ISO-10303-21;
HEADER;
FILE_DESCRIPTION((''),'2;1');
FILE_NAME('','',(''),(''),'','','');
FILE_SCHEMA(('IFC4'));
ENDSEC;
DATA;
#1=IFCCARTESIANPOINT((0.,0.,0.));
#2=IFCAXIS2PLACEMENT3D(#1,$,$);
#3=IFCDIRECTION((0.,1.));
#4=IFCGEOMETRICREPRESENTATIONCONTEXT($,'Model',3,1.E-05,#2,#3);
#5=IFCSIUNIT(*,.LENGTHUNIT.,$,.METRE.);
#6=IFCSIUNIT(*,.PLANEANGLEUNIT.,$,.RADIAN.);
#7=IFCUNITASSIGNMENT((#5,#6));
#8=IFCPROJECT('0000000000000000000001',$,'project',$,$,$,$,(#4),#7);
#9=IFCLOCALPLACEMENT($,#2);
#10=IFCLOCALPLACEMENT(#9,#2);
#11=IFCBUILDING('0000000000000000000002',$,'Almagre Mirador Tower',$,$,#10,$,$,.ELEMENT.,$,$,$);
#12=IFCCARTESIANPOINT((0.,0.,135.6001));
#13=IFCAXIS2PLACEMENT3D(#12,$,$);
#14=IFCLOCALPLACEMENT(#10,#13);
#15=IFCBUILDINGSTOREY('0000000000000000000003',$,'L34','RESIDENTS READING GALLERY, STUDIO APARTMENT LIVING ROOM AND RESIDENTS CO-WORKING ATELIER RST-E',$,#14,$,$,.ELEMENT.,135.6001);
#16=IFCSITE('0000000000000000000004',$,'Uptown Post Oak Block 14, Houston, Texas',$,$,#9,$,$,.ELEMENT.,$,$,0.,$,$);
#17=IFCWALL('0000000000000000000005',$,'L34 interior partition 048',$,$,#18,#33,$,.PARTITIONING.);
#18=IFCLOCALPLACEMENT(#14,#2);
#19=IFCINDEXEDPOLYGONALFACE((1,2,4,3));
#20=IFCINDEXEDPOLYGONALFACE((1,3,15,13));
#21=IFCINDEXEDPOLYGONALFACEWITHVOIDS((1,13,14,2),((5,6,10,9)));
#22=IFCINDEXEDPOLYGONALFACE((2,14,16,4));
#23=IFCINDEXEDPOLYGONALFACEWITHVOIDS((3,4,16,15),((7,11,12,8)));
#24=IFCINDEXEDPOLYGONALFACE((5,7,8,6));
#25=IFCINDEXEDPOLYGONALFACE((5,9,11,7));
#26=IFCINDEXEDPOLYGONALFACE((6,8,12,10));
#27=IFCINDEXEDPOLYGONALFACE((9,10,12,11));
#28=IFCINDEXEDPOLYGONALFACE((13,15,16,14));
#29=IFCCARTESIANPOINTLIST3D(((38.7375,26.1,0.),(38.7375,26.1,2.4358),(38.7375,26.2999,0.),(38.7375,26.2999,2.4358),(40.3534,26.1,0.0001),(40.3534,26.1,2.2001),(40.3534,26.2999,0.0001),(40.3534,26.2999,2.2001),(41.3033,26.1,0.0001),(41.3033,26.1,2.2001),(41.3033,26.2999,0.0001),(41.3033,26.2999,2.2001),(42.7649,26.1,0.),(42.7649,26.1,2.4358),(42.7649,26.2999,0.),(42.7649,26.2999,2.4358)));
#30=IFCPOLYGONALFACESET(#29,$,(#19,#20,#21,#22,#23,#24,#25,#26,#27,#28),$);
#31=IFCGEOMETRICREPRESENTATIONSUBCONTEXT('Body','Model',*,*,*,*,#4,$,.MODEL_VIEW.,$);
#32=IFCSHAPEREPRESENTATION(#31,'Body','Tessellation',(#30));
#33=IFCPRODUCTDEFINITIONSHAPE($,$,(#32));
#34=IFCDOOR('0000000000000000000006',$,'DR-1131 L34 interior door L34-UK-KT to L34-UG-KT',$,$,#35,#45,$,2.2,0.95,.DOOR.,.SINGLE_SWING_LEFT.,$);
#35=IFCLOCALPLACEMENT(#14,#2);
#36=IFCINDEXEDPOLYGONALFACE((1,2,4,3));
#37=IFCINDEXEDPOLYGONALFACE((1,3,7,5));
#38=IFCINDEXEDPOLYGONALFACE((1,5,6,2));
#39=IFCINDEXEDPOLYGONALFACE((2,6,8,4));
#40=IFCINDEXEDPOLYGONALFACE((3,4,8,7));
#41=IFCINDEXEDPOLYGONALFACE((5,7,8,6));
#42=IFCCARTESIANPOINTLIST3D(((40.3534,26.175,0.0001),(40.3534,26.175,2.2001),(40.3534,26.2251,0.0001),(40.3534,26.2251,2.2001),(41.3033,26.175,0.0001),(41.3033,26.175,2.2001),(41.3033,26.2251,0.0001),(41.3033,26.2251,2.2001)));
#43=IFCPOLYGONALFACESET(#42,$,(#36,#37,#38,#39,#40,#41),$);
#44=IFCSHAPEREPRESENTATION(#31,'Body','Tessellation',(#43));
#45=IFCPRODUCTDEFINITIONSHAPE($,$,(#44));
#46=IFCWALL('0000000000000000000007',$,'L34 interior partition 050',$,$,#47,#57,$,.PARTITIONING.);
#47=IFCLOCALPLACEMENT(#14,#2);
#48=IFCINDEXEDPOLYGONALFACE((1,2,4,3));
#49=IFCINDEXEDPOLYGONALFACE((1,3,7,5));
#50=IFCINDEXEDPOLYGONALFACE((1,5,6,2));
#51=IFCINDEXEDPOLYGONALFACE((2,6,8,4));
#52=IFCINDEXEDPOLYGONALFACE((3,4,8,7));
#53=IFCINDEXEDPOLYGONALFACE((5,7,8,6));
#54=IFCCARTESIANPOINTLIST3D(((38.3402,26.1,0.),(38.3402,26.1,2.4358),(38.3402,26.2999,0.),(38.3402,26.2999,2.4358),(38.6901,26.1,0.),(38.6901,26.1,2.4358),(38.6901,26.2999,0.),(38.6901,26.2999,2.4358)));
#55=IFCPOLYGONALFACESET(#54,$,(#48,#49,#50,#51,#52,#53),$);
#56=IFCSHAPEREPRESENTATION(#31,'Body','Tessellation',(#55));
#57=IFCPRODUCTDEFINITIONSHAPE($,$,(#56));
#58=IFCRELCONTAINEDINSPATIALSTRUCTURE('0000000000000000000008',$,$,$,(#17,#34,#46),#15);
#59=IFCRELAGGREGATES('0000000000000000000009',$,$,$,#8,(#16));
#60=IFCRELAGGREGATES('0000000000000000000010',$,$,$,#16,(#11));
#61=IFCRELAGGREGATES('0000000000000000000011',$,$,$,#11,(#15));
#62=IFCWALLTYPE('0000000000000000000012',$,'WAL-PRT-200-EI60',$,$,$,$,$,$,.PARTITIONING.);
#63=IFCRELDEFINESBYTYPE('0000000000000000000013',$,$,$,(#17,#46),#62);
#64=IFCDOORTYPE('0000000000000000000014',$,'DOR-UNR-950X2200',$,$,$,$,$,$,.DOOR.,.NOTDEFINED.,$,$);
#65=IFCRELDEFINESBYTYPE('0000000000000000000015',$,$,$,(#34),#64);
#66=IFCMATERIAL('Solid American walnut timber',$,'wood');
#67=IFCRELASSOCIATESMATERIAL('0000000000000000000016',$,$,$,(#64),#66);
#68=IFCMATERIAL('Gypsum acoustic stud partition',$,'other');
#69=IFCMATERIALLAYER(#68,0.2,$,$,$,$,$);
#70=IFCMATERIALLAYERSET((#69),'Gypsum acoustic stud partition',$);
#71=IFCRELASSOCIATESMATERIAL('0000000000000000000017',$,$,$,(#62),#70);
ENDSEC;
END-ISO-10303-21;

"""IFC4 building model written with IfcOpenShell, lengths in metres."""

from ifc_helpers import new_model, si_unit, direction, frame, frame_2d, origin, place, context, subcontext, project, spatial, rectangle, extrude, material, layer, layer_set, type_object, element, fill, save


model = new_model("IFC4")

# Units and contexts
model_context = context("Model", 3, precision=1e-05, world=origin(), true_north=direction((0.0, 1.0)))
body_context = subcontext(model_context, "Body", "Model", "MODEL_VIEW")
ifc_project = project(units=[si_unit("LENGTHUNIT", "METRE"), si_unit("PLANEANGLEUNIT", "RADIAN")], contexts=[model_context])

# Site, building, storey
site_placement = place(None, origin())
site = spatial("IfcSite", under=ifc_project, at=site_placement, Name="Uptown Post Oak Block 14, Houston, Texas", CompositionType="ELEMENT", RefElevation=0.0)
building_placement = place(site_placement, origin())
building = spatial("IfcBuilding", under=site, at=building_placement, Name="Almagre Mirador Tower", CompositionType="ELEMENT")
storey_placement = place(building_placement, frame((0.0, 0.0, 135.6001)))
storey = spatial("IfcBuildingStorey", under=building, at=storey_placement, Name="L34", Description="RESIDENTS READING GALLERY, STUDIO APARTMENT LIVING ROOM AND RESIDENTS CO-WORKING ATELIER RST-E", CompositionType="ELEMENT", Elevation=135.6001)

# Shared definitions
ifc_material_1 = material(Name="Solid American walnut timber", Category="wood")
door_type_1 = type_object("IfcDoorType", Name="DOR-UNR-950X2200", OperationType="NOTDEFINED", PredefinedType="DOOR", material=ifc_material_1)

# Wall, opening, door
ifc_material_2 = material(Name="Gypsum acoustic stud partition", Category="other")
ifc_layer_1 = layer(ifc_material_2, 0.2)
ifc_layer_set_1 = layer_set([ifc_layer_1], Name="Gypsum acoustic stud partition")
wall_type_1 = type_object("IfcWallType", Name="WAL-PRT-200-EI60", PredefinedType="PARTITIONING", material=ifc_layer_set_1)
wall_1_placement = place(storey_placement, frame((42.7649, 26.2, 0.0), z_axis=(0.0, 0.0, 1.0), x_axis=(-1.0, 0.0, 0.0)))
wall_1 = element("IfcWall", 1, at=wall_1_placement, inside=storey, type_object=wall_type_1, Name="L34 interior partition 048", PredefinedType="PARTITIONING", context=body_context, shape_type="SweptSolid", body=[
    extrude(rectangle(XDim=4.0273, YDim=0.2, at=frame_2d((2.0137, 0.0))), origin(), (0.0, 0.0, 1.0), 2.4358),
])
opening_1_placement = place(wall_1_placement, frame((1.4614, 0.0, 0.0)))
opening_1 = element("IfcOpeningElement", 2, at=opening_1_placement, cuts=wall_1, PredefinedType="OPENING", context=body_context, shape_type="SweptSolid", body=[
    extrude(rectangle(XDim=0.95, YDim=2.2, at=frame_2d((0.4751, 1.1001))), frame((0.0, 0.1101, 0.0), z_axis=(0.0, -1.0, 0.0), x_axis=(1.0, 0.0, 0.0)), (0.0, 0.0, 1.0), 0.22),
])
door_1_placement = place(opening_1_placement, origin())
door_1 = element("IfcDoor", 3, at=door_1_placement, inside=storey, type_object=door_type_1, Name="DR-1131 L34 interior door L34-UK-KT to L34-UG-KT", OperationType="SINGLE_SWING_LEFT", OverallHeight=2.2, OverallWidth=0.95, PredefinedType="DOOR", context=body_context, shape_type="SweptSolid", body=[
    extrude(rectangle(XDim=0.95, YDim=2.2, at=frame_2d((0.4751, 1.1001))), frame((0.0, 0.0249, 0.0), z_axis=(0.0, -1.0, 0.0), x_axis=(1.0, 0.0, 0.0)), (0.0, 0.0, 1.0), 0.05),
])
fill(opening_1, door_1)

# Wall
wall_2_placement = place(storey_placement, frame((38.6899, 26.2, 0.0), z_axis=(0.0, 0.0, 1.0), x_axis=(-1.0, 0.0, 0.0)))
element("IfcWall", 4, at=wall_2_placement, inside=storey, type_object=wall_type_1, Name="L34 interior partition 050", PredefinedType="PARTITIONING", context=body_context, shape_type="SweptSolid", body=[
    extrude(rectangle(XDim=0.3499, YDim=0.2, at=frame_2d((0.1748, 0.0))), origin(), (0.0, 0.0, 1.0), 2.4358),
])

save(model, "model.ifc")
